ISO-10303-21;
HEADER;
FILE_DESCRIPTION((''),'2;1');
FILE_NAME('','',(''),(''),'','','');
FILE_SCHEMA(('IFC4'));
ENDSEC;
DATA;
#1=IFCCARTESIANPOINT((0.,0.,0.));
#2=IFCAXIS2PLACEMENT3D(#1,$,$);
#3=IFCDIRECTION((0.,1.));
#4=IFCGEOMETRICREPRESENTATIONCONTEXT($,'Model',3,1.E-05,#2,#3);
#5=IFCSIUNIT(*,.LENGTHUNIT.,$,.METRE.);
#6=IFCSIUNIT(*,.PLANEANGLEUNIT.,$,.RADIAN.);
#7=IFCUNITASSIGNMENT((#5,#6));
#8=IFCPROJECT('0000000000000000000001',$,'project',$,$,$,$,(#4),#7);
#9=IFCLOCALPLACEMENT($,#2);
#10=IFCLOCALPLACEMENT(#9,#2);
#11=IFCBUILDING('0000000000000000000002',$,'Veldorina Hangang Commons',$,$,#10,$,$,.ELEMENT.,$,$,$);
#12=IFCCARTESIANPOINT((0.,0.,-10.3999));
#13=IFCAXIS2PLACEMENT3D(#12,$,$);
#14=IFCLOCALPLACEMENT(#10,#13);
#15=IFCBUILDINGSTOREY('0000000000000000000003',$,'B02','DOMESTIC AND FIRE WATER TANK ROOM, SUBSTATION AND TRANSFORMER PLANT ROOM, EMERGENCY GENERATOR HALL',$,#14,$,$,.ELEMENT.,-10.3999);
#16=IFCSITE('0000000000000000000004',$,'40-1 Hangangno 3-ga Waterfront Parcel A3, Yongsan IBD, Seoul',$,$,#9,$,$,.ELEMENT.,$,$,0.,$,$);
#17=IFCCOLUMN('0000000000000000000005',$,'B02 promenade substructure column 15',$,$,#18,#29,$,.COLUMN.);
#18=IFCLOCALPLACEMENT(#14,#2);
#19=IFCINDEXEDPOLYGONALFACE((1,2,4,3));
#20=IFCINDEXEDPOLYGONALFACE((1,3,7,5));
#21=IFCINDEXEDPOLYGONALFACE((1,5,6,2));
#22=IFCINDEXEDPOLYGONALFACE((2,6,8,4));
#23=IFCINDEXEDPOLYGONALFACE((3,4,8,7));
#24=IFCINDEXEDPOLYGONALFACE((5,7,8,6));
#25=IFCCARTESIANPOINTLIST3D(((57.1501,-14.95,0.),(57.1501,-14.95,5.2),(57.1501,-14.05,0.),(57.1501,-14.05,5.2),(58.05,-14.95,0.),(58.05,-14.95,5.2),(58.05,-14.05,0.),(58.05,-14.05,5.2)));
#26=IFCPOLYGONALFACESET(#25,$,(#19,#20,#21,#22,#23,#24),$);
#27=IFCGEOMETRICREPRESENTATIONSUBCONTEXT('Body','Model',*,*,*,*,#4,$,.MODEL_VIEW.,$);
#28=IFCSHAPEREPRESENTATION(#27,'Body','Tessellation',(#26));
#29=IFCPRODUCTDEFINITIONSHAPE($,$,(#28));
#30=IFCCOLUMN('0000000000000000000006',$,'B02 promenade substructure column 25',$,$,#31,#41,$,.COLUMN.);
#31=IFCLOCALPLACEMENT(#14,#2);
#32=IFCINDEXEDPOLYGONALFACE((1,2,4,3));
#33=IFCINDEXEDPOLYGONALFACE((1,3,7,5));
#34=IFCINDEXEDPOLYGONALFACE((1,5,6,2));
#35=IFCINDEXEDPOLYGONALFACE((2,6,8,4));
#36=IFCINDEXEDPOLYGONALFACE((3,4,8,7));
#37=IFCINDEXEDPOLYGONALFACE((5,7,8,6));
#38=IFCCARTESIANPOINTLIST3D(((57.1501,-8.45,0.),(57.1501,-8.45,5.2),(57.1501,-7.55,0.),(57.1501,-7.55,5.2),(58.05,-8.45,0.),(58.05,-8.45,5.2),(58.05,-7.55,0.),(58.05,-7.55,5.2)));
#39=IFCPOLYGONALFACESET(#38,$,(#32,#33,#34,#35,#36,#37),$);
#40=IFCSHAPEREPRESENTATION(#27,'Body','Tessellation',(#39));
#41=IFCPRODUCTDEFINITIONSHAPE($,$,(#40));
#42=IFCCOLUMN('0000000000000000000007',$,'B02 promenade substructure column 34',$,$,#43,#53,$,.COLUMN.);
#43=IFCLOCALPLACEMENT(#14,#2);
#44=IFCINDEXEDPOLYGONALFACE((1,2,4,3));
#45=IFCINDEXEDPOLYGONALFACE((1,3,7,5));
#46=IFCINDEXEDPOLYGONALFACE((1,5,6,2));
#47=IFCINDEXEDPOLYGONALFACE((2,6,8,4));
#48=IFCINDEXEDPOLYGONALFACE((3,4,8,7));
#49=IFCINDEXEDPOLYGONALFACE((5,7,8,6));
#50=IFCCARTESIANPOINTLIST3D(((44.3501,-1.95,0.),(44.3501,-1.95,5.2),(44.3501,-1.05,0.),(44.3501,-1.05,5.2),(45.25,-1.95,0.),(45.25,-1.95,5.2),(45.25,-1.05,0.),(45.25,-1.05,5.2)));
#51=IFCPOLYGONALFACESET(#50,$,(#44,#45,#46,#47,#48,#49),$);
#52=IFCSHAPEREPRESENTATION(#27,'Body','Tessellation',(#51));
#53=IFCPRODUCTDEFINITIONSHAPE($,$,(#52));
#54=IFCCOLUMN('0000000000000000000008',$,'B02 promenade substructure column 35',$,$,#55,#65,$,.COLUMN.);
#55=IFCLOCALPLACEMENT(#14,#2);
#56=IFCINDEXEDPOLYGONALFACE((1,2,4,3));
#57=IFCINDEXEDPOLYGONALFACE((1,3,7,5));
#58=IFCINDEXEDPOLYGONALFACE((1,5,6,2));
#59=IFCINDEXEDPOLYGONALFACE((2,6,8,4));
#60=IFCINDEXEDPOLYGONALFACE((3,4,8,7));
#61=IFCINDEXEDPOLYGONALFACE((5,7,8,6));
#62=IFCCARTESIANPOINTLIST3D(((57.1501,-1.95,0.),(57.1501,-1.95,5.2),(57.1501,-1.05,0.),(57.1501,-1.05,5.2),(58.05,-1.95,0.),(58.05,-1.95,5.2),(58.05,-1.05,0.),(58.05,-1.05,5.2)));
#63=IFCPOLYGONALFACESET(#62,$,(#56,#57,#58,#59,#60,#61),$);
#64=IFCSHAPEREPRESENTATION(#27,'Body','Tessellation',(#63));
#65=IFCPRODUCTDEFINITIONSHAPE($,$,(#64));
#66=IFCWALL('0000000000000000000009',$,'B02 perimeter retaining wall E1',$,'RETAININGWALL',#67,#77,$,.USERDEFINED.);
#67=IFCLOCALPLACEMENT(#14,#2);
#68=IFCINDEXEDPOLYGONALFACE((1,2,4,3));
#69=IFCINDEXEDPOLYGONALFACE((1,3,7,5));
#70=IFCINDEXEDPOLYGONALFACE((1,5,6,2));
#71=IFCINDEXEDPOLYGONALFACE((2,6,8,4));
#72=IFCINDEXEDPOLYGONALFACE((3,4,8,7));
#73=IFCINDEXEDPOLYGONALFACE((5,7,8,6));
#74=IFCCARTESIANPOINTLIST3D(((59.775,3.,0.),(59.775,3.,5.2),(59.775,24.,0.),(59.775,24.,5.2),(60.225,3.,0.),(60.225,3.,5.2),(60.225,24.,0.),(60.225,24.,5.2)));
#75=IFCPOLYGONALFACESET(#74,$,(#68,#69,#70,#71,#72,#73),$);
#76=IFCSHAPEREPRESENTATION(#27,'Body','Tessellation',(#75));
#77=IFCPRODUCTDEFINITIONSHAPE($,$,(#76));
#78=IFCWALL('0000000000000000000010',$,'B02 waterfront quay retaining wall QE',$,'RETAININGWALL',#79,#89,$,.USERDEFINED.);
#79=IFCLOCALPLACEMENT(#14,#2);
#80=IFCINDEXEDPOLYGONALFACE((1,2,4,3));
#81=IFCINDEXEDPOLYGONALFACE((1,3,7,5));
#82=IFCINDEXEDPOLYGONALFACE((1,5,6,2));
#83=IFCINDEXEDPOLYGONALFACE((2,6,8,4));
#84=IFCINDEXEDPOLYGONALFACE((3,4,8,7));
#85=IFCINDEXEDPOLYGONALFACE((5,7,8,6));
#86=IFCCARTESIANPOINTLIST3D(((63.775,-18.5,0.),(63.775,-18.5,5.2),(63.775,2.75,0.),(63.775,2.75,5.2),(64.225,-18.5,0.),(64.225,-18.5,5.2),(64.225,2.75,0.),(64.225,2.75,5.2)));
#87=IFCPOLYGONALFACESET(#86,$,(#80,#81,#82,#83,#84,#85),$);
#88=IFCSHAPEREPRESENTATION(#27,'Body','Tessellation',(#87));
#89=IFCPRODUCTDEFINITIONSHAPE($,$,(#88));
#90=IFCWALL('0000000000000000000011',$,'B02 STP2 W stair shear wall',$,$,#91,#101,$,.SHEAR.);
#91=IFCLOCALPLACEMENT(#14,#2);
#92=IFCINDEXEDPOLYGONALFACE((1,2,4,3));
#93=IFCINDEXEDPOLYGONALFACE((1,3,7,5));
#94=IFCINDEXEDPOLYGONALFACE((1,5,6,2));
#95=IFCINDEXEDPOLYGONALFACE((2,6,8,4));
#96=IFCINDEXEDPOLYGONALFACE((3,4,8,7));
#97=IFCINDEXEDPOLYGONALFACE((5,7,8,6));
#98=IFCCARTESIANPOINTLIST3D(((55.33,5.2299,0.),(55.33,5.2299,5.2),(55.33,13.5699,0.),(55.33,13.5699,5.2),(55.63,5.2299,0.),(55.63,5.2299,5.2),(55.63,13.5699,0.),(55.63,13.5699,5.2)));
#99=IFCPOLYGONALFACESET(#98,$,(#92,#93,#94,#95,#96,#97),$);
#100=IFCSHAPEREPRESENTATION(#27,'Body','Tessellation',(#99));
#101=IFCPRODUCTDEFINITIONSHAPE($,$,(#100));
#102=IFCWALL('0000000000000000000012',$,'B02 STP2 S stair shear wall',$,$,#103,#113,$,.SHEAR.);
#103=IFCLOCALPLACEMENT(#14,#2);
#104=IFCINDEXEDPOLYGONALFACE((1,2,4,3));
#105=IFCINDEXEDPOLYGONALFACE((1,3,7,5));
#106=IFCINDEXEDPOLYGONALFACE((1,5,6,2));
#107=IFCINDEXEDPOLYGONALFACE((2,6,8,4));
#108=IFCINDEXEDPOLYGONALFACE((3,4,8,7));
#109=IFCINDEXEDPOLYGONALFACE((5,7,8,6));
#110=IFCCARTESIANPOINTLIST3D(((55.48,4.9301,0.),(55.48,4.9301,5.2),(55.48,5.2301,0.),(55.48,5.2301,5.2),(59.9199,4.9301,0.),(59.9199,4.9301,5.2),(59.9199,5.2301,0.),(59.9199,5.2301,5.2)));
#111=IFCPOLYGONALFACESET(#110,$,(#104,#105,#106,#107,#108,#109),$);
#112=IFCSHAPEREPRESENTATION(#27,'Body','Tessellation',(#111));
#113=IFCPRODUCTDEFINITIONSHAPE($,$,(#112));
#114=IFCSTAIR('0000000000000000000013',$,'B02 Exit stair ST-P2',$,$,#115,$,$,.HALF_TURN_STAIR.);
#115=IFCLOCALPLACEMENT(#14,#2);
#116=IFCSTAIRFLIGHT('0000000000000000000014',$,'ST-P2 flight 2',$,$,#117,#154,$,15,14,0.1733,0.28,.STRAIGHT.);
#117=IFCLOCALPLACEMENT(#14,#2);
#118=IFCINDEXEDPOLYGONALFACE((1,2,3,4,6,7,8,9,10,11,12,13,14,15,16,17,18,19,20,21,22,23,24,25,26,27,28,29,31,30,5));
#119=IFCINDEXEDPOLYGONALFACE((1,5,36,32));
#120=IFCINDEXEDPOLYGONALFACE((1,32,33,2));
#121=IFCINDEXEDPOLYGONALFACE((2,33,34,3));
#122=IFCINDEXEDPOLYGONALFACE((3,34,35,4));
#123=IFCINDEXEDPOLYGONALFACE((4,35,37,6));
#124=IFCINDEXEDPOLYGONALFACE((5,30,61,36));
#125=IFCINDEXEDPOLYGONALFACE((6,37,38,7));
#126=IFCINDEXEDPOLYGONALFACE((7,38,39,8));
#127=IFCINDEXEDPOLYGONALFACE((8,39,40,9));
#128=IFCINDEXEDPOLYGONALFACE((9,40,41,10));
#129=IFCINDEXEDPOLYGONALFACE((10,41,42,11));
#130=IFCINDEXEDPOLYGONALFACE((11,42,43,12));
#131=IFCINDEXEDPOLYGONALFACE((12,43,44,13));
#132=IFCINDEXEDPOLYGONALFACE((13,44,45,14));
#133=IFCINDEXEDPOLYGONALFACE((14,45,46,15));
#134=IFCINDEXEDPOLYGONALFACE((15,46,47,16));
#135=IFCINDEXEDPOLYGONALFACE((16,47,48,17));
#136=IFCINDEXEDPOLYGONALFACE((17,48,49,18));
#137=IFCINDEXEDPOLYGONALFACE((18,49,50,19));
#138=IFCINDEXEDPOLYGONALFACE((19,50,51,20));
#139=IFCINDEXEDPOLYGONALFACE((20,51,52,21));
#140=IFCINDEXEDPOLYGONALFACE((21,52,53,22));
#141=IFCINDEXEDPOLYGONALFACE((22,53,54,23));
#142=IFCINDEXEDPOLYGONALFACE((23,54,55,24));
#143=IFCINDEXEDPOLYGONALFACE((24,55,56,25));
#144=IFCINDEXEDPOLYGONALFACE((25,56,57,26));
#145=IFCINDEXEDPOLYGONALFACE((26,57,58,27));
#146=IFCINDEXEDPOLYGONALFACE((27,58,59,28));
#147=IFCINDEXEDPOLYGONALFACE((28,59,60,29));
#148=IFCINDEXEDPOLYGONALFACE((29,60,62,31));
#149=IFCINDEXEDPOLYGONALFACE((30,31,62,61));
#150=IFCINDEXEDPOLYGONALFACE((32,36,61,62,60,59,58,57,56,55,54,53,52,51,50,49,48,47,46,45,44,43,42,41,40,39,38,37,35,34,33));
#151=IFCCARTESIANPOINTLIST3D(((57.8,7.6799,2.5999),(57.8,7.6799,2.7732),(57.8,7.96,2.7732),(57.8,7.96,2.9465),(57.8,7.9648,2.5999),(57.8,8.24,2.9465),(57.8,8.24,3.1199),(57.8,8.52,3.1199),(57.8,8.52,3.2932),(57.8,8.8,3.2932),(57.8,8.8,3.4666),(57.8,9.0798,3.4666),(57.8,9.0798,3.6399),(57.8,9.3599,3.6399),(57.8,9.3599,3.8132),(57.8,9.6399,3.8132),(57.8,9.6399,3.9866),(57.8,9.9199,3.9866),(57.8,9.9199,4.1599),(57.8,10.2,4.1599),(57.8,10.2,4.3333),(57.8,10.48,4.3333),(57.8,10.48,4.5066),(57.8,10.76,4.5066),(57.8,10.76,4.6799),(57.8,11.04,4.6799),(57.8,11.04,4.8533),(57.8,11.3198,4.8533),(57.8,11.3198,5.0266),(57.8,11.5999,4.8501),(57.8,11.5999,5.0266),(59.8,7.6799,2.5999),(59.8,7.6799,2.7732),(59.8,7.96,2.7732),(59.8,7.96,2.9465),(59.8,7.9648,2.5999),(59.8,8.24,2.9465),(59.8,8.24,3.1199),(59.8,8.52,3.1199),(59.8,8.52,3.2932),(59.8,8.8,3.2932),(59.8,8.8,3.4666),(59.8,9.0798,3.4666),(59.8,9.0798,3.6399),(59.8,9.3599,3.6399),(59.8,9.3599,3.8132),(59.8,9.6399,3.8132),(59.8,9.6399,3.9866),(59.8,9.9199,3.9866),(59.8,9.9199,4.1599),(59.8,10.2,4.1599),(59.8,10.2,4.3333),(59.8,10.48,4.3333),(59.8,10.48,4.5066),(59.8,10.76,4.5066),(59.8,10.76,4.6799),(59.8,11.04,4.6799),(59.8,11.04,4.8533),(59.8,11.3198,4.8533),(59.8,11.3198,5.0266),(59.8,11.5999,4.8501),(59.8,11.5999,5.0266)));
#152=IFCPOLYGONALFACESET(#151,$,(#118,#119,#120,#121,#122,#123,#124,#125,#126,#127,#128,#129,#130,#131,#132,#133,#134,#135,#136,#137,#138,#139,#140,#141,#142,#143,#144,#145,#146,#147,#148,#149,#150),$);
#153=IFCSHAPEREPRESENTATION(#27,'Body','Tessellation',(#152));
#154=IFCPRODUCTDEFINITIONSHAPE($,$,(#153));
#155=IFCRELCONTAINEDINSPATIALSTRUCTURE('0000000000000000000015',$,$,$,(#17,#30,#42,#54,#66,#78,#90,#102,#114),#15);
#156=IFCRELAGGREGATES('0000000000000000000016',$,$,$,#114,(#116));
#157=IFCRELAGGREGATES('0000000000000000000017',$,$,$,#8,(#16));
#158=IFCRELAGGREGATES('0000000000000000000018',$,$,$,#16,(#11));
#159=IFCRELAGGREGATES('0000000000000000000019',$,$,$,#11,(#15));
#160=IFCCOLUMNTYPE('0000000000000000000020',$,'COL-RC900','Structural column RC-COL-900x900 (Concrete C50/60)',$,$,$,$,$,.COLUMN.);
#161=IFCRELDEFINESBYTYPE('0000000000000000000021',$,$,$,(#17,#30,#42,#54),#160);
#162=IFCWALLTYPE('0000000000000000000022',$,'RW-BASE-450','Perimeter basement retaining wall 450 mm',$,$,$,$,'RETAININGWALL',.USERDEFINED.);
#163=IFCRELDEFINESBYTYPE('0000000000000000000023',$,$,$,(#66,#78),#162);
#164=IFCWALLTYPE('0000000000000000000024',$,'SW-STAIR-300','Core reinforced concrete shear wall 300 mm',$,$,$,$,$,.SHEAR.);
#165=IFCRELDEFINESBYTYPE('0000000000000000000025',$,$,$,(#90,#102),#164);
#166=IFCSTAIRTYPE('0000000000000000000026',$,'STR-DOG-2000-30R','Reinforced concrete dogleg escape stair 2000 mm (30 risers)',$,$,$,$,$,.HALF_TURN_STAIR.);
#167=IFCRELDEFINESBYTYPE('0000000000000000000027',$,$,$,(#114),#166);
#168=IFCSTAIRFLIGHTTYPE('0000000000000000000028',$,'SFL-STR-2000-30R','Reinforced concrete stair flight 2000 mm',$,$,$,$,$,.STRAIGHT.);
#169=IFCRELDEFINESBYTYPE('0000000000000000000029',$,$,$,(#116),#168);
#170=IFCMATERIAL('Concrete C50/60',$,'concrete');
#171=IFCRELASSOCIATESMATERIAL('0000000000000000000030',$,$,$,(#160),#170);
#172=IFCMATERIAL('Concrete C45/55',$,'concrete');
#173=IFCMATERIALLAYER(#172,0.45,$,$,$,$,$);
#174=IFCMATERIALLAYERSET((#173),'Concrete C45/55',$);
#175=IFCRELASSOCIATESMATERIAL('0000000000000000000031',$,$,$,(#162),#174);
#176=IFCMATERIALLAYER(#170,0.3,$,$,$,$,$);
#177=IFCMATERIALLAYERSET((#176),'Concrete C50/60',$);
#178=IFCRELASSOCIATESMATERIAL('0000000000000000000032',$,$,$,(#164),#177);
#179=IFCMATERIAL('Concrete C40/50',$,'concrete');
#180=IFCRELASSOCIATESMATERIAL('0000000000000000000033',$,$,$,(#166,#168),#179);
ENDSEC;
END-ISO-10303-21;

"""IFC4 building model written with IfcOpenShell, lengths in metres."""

from ifc_helpers import new_model, si_unit, direction, frame, frame_2d, origin, origin_2d, place, context, subcontext, project, spatial, polyline, rectangle, outline, extrude, material, layer, layer_set, material_profile, profile_set, type_object, element, aggregate, save


model = new_model("IFC4")

# Units and contexts
model_context = context("Model", 3, precision=1e-05, world=origin(), true_north=direction((0.0, 1.0)))
body_context = subcontext(model_context, "Body", "Model", "MODEL_VIEW")
ifc_project = project(units=[si_unit("LENGTHUNIT", "METRE"), si_unit("PLANEANGLEUNIT", "RADIAN")], contexts=[model_context])

# Site, building, storey
site_placement = place(None, origin())
site = spatial("IfcSite", under=ifc_project, at=site_placement, Name="40-1 Hangangno 3-ga Waterfront Parcel A3, Yongsan IBD, Seoul", CompositionType="ELEMENT", RefElevation=0.0)
building_placement = place(site_placement, origin())
building = spatial("IfcBuilding", under=site, at=building_placement, Name="Veldorina Hangang Commons", CompositionType="ELEMENT")
storey_placement = place(building_placement, frame((0.0, 0.0, -10.3999)))
storey = spatial("IfcBuildingStorey", under=building, at=storey_placement, Name="B02", Description="DOMESTIC AND FIRE WATER TANK ROOM, SUBSTATION AND TRANSFORMER PLANT ROOM, EMERGENCY GENERATOR HALL", CompositionType="ELEMENT", Elevation=-10.3999)

# Shared definitions
ifc_material_1 = material(Name="Concrete C45/55", Category="concrete")

# Columns
ifc_material_2 = material(Name="Concrete C50/60", Category="concrete")
ifc_material_profile_1 = material_profile(ifc_material_2, rectangle(XDim=0.8999, YDim=0.8999, at=origin_2d()), Name="RC-COL-900x900")
ifc_profile_set_1 = profile_set([ifc_material_profile_1], Name="Concrete C50/60")
column_type_1 = type_object("IfcColumnType", Name="COL-RC900", Description="Structural column RC-COL-900x900 (Concrete C50/60)", PredefinedType="COLUMN", material=ifc_profile_set_1)
for number, where, z_axis, x_axis, name in (
    (1, (57.6001, -14.5, 0.0), (0.0, 0.0, 1.0), (1.0, 0.0, 0.0), "B02 promenade substructure column 15"),
    (2, (57.6001, -8.0, 0.0), (0.0, 0.0, 1.0), (1.0, 0.0, 0.0), "B02 promenade substructure column 25"),
    (3, (44.8, -1.5, 0.0), (0.0, 0.0, 1.0), (1.0, 0.0, 0.0), "B02 promenade substructure column 34"),
    (4, (57.6001, -1.5, 0.0), (0.0, 0.0, 1.0), (1.0, 0.0, 0.0), "B02 promenade substructure column 35"),
):
    element("IfcColumn", number, at=place(storey_placement, frame(where, z_axis=z_axis, x_axis=x_axis)), inside=storey, type_object=column_type_1, Name=name, PredefinedType="COLUMN", context=body_context, shape_type="SweptSolid", body=[
        extrude(rectangle(XDim=0.8999, YDim=0.8999, at=origin_2d()), origin(), (0.0, 0.0, 1.0), 5.2),
    ])

# Walls
ifc_layer_1 = layer(ifc_material_1, 0.45)
ifc_layer_set_1 = layer_set([ifc_layer_1], Name="Concrete C45/55")
wall_type_1 = type_object("IfcWallType", Name="RW-BASE-450", Description="Perimeter basement retaining wall 450 mm", ElementType="RETAININGWALL", PredefinedType="USERDEFINED", material=ifc_layer_set_1)
wall_1_placement = place(storey_placement, frame((60.0, 3.0, 0.0), z_axis=(0.0, 0.0, 1.0), x_axis=(0.0, 1.0, 0.0)))
element("IfcWall", 5, at=wall_1_placement, inside=storey, type_object=wall_type_1, Name="B02 perimeter retaining wall E1", ObjectType="RETAININGWALL", PredefinedType="USERDEFINED", context=body_context, shape_type="SweptSolid", body=[
    extrude(rectangle(XDim=21.0, YDim=0.45, at=frame_2d((10.5, 0.0))), origin(), (0.0, 0.0, 1.0), 5.2),
])
wall_2_placement = place(storey_placement, frame((64.0, -18.5, 0.0), z_axis=(0.0, 0.0, 1.0), x_axis=(0.0, 1.0, 0.0)))
element("IfcWall", 6, at=wall_2_placement, inside=storey, type_object=wall_type_1, Name="B02 waterfront quay retaining wall QE", ObjectType="RETAININGWALL", PredefinedType="USERDEFINED", context=body_context, shape_type="SweptSolid", body=[
    extrude(rectangle(XDim=21.25, YDim=0.45, at=frame_2d((10.625, 0.0))), origin(), (0.0, 0.0, 1.0), 5.2),
])
ifc_layer_2 = layer(ifc_material_2, 0.3)
ifc_layer_set_2 = layer_set([ifc_layer_2], Name="Concrete C50/60")
wall_type_2 = type_object("IfcWallType", Name="SW-STAIR-300", Description="Core reinforced concrete shear wall 300 mm", PredefinedType="SHEAR", material=ifc_layer_set_2)
wall_3_placement = place(storey_placement, frame((55.48, 5.23, 0.0), z_axis=(0.0, 0.0, 1.0), x_axis=(0.0, 1.0, 0.0)))
element("IfcWall", 7, at=wall_3_placement, inside=storey, type_object=wall_type_2, Name="B02 STP2 W stair shear wall", PredefinedType="SHEAR", context=body_context, shape_type="SweptSolid", body=[
    extrude(rectangle(XDim=8.3401, YDim=0.3, at=frame_2d((4.1699, 0.0))), origin(), (0.0, 0.0, 1.0), 5.2),
])
wall_4_placement = place(storey_placement, frame((55.48, 5.0801, 0.0), z_axis=(0.0, 0.0, 1.0), x_axis=(1.0, 0.0, 0.0)))
element("IfcWall", 8, at=wall_4_placement, inside=storey, type_object=wall_type_2, Name="B02 STP2 S stair shear wall", PredefinedType="SHEAR", context=body_context, shape_type="SweptSolid", body=[
    extrude(rectangle(XDim=4.4399, YDim=0.3, at=frame_2d((2.22, 0.0))), origin(), (0.0, 0.0, 1.0), 5.2),
])

# Stair, stair flight
ifc_material_3 = material(Name="Concrete C40/50", Category="concrete")
stair_type = type_object("IfcStairType", Name="STR-DOG-2000-30R", Description="Reinforced concrete dogleg escape stair 2000 mm (30 risers)", PredefinedType="HALF_TURN_STAIR", material=ifc_material_3)
stair_placement = place(storey_placement, origin())
stair = element("IfcStair", 9, at=stair_placement, inside=storey, type_object=stair_type, Name="B02 Exit stair ST-P2", PredefinedType="HALF_TURN_STAIR")
stair_flight_type = type_object("IfcStairFlightType", Name="SFL-STR-2000-30R", Description="Reinforced concrete stair flight 2000 mm", PredefinedType="STRAIGHT", material=ifc_material_3)
stair_flight_placement = place(storey_placement, frame((58.8, 7.6799, 2.5999), z_axis=(0.0, 0.0, 1.0), x_axis=(0.0, 1.0, 0.0)))
stair_flight = element("IfcStairFlight", 10, at=stair_flight_placement, type_object=stair_flight_type, Name="ST-P2 flight 2", NumberOfRisers=15, NumberOfTreads=14, PredefinedType="STRAIGHT", RiserHeight=0.1733, TreadLength=0.28, context=body_context, shape_type="SweptSolid", body=[
    extrude(outline(polyline([(0.0, 0.0), (0.0, 0.1733), (0.28, 0.1733), (0.28, 0.3467), (0.5601, 0.3467), (0.5601, 0.52), (0.8401, 0.52), (0.8401, 0.6934), (1.1201, 0.6934), (1.1201, 0.8667), (1.3999, 0.8667), (1.3999, 1.04), (1.6799, 1.04), (1.6799, 1.2134), (1.96, 1.2134), (1.96, 1.3867), (2.24, 1.3867), (2.24, 1.5601), (2.52, 1.5601), (2.52, 1.7334), (2.8, 1.7334), (2.8, 1.9067), (3.0801, 1.9067), (3.0801, 2.0801), (3.3601, 2.0801), (3.3601, 2.2534), (3.6399, 2.2534), (3.6399, 2.4268), (3.9199, 2.4268), (3.9199, 2.6001), (3.9199, 2.2502), (0.2849, 0.0), (0.0, 0.0)])), frame((0.0, 1.0, 0.0), z_axis=(0.0, -1.0, 0.0), x_axis=(1.0, 0.0, 0.0)), (0.0, 0.0, 1.0), 2.0),
])
aggregate(stair, [stair_flight])

save(model, "model.ifc")
